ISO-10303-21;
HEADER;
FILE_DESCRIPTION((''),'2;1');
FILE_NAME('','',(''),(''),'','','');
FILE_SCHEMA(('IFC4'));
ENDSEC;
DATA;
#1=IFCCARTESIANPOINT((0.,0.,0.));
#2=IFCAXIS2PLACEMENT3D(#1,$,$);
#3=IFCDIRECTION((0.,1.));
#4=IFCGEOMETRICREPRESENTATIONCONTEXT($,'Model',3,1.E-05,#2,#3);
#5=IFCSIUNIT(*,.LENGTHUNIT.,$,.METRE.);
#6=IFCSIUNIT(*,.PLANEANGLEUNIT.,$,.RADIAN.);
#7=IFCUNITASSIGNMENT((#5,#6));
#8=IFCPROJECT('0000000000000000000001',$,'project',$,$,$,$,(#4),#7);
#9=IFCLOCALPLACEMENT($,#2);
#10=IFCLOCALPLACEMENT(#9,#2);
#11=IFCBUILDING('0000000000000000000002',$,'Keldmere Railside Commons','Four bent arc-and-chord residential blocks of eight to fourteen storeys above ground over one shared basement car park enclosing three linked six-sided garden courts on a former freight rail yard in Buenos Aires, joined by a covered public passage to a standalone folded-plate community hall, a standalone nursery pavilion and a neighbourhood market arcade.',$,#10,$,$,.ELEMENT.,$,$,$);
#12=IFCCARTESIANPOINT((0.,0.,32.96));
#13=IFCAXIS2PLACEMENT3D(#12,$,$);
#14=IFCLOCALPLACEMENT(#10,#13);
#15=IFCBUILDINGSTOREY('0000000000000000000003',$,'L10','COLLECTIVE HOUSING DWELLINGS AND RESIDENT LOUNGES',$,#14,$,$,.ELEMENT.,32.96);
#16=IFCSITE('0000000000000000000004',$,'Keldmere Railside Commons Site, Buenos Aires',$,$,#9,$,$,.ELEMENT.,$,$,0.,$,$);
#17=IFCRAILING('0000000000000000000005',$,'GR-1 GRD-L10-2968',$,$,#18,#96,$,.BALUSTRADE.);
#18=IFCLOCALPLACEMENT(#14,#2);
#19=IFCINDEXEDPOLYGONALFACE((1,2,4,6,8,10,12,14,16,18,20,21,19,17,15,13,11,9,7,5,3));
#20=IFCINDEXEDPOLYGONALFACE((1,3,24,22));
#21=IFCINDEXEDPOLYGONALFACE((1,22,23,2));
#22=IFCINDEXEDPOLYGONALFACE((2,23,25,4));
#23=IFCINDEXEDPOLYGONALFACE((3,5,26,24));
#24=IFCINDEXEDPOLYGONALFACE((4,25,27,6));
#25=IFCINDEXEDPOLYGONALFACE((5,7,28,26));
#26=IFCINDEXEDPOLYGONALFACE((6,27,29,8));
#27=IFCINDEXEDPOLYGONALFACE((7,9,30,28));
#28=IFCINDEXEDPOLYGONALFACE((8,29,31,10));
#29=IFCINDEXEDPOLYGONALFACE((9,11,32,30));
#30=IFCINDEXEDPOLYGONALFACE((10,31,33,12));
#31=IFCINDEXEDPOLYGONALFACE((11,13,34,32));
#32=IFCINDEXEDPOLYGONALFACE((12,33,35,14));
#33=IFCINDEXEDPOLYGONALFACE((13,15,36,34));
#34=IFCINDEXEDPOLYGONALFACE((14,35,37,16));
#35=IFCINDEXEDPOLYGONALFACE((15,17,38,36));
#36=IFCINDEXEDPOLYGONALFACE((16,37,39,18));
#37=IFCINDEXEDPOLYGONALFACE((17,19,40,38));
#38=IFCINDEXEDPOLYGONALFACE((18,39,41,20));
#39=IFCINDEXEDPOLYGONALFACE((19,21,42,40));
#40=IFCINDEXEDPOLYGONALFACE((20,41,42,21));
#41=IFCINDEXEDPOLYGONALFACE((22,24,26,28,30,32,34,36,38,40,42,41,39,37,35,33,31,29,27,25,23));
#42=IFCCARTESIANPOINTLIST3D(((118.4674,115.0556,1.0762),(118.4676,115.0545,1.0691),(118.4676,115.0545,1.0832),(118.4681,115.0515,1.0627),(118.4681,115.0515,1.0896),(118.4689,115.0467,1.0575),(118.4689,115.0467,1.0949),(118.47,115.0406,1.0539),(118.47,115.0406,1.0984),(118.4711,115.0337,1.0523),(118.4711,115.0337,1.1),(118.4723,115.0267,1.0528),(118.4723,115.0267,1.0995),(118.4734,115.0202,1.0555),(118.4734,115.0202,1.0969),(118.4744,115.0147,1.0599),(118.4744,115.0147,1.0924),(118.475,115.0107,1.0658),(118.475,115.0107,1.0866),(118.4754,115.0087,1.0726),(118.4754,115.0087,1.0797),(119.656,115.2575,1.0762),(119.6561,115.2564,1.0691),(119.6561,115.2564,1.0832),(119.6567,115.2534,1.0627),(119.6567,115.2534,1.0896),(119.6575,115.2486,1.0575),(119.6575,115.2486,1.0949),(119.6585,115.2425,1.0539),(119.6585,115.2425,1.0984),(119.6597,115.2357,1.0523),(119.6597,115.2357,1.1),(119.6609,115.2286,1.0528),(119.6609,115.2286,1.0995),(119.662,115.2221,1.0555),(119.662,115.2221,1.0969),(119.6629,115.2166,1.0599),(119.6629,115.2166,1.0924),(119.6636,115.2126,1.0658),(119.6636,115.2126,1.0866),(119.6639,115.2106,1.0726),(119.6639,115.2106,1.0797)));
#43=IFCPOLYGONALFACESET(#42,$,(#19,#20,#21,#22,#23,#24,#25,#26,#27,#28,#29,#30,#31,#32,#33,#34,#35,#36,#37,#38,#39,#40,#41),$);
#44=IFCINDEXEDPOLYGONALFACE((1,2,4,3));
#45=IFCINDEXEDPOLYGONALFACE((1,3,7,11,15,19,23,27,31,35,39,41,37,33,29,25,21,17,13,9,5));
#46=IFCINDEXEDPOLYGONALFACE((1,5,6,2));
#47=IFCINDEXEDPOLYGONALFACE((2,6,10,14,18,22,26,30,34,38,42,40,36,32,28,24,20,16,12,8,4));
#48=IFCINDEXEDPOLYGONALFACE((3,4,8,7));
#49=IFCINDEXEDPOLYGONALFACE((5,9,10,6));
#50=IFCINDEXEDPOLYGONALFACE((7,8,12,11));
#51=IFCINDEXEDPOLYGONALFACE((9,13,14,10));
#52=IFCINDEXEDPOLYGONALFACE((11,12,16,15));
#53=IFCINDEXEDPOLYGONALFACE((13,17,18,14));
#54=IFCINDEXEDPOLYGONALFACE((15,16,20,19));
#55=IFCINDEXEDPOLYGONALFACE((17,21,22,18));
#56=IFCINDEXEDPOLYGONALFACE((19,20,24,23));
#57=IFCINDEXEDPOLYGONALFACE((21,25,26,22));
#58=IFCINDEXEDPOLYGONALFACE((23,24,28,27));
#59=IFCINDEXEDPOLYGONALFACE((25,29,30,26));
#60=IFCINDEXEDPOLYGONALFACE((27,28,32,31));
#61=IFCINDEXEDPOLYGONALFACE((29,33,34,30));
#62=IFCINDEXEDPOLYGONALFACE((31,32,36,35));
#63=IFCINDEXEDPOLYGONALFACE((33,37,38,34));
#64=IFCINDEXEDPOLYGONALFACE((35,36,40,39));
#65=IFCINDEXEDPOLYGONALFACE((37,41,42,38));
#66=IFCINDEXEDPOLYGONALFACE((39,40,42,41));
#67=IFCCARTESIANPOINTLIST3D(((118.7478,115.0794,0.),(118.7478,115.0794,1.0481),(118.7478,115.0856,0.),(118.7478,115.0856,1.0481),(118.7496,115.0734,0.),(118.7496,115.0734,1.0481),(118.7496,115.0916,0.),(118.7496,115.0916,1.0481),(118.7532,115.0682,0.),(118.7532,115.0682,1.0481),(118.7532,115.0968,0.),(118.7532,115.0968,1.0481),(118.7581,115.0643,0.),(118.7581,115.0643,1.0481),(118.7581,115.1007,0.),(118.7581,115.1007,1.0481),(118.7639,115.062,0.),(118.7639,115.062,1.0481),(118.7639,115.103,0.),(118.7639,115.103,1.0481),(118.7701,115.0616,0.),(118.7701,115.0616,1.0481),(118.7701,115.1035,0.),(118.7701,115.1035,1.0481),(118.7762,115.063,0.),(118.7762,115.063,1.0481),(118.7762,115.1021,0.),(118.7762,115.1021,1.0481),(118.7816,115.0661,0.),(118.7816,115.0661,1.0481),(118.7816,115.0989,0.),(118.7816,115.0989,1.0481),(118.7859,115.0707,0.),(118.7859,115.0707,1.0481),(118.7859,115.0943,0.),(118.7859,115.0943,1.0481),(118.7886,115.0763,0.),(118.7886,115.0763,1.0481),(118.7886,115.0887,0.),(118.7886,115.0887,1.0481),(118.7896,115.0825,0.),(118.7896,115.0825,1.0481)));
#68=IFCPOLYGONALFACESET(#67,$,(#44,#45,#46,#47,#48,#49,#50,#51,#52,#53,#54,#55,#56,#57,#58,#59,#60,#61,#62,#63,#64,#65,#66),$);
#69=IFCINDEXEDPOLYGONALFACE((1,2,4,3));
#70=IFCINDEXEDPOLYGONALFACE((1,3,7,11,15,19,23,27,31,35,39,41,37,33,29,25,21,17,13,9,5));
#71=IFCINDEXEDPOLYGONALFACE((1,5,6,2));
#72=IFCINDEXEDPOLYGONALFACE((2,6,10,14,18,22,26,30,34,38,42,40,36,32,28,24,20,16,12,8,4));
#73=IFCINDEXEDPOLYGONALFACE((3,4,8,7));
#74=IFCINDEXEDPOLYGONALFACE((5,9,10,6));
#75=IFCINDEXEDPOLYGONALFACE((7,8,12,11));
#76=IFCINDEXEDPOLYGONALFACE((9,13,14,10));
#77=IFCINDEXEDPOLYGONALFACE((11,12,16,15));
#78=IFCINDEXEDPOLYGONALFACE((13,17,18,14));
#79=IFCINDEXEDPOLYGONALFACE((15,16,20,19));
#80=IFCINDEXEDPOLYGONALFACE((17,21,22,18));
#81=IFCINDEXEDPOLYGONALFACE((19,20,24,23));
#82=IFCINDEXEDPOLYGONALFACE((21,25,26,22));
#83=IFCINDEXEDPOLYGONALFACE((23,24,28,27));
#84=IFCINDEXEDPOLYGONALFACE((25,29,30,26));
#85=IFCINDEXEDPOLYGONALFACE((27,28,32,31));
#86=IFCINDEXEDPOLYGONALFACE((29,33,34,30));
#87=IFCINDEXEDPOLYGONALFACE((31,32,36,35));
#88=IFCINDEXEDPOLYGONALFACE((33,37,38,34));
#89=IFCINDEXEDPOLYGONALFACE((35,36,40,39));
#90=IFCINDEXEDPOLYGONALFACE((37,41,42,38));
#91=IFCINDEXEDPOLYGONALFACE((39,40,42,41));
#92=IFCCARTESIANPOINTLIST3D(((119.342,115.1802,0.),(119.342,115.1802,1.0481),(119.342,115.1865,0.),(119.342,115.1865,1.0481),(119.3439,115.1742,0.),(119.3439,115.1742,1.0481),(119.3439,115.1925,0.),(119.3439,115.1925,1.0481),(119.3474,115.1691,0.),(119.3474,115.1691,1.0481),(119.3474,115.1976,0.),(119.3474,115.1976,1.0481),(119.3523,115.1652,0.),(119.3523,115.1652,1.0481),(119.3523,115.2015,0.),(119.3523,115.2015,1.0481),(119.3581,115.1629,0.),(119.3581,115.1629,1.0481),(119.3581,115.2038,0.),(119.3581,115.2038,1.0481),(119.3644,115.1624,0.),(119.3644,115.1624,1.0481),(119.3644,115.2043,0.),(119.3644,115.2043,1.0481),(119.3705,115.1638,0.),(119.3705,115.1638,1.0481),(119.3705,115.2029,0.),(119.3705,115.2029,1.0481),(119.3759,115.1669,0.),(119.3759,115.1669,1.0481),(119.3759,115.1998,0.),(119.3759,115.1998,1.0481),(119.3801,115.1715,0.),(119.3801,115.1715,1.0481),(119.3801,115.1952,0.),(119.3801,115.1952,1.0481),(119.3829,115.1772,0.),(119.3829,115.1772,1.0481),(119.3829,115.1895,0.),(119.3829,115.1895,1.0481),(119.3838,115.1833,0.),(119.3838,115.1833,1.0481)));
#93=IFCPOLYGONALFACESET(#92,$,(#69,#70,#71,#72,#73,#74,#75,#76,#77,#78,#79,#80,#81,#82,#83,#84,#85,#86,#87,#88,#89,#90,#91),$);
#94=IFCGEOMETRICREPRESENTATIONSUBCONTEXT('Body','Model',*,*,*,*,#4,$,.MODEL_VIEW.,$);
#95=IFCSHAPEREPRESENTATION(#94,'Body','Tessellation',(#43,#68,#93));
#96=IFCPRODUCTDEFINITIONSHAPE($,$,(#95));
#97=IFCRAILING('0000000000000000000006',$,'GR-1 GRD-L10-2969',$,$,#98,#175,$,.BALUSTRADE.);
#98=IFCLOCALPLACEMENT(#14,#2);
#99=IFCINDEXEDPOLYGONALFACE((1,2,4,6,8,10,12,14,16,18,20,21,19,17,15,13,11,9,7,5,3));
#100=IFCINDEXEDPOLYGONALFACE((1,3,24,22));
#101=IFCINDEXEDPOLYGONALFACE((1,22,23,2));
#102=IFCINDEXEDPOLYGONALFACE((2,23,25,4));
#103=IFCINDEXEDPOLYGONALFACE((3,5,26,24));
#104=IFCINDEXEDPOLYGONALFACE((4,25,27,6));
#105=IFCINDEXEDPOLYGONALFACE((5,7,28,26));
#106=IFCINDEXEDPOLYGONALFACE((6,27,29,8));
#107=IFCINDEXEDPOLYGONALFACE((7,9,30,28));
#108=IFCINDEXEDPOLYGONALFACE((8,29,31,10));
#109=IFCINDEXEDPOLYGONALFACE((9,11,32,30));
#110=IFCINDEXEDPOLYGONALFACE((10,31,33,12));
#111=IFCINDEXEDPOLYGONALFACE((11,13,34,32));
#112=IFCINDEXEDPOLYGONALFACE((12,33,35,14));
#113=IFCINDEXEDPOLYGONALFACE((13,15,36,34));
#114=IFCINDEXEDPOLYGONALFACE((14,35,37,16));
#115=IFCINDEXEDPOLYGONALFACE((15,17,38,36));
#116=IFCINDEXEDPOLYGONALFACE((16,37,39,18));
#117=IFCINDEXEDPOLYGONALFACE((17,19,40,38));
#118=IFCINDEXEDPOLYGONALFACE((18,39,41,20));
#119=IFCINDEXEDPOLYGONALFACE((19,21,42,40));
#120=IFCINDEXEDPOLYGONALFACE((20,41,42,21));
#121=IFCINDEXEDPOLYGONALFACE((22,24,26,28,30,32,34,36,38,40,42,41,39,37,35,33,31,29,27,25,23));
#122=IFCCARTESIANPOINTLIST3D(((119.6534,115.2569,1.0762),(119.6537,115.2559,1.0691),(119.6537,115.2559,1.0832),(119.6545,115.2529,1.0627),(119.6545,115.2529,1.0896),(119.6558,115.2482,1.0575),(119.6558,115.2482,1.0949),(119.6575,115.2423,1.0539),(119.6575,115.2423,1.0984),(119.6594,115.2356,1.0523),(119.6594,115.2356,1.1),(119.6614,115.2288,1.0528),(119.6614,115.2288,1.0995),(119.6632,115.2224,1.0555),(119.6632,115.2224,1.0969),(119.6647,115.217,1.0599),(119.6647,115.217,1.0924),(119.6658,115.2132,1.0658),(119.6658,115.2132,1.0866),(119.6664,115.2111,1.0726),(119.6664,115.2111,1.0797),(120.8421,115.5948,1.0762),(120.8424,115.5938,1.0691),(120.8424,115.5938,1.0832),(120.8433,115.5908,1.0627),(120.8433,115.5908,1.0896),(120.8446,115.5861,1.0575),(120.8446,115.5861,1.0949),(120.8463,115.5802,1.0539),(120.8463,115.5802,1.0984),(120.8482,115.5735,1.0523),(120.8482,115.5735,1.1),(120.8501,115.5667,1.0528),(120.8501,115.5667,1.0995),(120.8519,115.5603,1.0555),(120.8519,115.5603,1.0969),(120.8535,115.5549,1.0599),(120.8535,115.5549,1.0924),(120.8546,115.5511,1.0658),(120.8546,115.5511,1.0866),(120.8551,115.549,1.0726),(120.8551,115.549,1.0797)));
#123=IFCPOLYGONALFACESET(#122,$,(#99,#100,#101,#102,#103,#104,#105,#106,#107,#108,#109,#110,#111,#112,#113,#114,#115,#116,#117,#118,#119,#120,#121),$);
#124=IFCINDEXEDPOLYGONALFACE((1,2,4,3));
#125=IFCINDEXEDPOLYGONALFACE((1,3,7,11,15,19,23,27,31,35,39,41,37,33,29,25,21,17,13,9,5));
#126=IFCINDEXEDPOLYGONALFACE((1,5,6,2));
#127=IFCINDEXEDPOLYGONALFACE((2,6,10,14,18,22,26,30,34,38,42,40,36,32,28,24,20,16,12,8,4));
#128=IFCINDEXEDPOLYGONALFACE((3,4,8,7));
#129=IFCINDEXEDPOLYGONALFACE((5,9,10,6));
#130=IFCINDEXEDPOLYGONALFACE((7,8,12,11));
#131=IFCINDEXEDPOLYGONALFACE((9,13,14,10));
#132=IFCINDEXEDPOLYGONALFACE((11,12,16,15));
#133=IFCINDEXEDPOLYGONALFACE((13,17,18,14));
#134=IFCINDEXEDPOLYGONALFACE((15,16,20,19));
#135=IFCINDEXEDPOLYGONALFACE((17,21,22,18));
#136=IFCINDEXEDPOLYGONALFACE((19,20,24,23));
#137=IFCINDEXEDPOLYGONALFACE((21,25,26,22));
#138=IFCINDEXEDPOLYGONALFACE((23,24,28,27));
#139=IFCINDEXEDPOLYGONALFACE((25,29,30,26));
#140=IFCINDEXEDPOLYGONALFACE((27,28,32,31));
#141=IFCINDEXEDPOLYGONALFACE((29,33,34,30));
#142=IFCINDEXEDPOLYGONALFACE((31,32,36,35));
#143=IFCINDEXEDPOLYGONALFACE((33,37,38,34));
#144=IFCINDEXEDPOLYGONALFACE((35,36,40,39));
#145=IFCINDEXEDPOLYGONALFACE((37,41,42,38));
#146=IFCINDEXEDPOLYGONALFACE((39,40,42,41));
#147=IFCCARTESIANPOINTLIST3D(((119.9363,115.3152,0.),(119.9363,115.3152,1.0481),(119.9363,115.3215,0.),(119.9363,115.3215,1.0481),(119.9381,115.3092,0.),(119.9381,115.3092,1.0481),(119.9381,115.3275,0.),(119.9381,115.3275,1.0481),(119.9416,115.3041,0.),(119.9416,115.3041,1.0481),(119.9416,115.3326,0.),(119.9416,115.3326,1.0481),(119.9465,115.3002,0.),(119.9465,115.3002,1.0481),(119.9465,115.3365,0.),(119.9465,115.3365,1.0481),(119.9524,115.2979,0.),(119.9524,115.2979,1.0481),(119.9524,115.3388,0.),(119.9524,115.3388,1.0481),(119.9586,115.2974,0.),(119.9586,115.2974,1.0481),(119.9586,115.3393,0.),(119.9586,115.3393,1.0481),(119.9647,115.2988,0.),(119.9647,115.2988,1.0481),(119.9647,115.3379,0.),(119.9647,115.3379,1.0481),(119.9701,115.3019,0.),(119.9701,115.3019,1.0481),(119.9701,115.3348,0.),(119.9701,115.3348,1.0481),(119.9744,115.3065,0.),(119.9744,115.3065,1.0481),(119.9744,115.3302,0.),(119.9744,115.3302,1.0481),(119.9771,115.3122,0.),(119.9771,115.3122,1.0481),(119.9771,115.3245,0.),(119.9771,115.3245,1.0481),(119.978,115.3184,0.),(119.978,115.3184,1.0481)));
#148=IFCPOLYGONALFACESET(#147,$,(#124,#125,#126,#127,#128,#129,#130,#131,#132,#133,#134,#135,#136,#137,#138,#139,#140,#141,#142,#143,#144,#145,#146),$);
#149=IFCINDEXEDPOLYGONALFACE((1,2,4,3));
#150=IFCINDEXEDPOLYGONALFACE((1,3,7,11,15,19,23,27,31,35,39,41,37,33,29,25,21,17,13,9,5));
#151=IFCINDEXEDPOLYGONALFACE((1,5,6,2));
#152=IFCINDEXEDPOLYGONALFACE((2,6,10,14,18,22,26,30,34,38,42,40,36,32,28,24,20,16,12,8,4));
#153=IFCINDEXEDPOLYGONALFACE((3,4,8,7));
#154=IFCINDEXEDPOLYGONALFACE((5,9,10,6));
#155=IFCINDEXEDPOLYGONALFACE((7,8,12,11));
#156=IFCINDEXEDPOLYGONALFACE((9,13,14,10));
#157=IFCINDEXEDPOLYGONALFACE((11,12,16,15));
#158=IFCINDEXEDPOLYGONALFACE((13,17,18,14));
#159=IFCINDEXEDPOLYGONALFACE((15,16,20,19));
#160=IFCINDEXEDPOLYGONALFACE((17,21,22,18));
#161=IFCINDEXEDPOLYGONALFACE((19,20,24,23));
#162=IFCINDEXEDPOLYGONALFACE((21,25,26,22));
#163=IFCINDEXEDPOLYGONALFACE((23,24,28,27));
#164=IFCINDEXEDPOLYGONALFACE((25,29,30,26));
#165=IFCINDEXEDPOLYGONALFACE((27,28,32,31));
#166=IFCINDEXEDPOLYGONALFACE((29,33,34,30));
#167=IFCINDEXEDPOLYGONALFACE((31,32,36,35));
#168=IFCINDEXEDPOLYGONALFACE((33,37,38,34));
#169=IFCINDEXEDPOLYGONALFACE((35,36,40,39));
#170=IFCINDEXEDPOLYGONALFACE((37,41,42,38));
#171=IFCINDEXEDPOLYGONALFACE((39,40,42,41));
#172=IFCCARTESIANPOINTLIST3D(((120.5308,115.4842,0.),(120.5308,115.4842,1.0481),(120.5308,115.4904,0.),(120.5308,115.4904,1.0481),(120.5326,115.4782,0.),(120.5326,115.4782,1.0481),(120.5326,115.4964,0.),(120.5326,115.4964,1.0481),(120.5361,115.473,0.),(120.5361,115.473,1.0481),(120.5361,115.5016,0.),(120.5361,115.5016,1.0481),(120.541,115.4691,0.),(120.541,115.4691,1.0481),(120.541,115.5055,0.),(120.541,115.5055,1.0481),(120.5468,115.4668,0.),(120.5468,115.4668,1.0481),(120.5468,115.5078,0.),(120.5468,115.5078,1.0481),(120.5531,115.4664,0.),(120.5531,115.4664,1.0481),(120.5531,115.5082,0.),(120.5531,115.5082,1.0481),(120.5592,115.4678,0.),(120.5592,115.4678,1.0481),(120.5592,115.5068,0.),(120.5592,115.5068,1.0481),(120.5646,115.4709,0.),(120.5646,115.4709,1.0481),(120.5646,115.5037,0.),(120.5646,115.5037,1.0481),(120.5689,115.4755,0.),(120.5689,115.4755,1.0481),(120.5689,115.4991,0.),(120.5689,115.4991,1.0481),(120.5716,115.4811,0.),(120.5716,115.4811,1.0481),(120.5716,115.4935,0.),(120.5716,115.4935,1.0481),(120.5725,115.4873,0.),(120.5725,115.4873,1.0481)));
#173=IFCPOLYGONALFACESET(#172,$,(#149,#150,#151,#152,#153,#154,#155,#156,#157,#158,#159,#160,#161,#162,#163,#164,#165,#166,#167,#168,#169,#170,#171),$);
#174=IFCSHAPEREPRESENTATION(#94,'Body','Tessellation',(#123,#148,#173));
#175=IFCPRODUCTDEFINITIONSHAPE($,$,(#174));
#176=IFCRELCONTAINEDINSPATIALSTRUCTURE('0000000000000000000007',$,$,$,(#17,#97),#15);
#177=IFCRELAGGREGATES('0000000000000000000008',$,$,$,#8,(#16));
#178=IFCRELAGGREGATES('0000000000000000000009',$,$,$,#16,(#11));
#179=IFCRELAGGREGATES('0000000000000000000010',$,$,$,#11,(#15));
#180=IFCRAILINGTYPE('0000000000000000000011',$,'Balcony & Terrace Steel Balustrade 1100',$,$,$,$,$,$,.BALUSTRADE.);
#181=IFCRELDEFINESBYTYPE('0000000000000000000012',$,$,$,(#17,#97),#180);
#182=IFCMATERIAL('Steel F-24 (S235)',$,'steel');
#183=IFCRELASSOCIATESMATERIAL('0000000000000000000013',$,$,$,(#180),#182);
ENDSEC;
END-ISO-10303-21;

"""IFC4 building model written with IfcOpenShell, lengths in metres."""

from ifc_helpers import new_model, si_unit, direction, frame, origin, origin_2d, place, context, subcontext, project, spatial, circle, extrude, material, type_object, element, save


model = new_model("IFC4")

# Units and contexts
model_context = context("Model", 3, precision=1e-05, world=origin(), true_north=direction((0.0, 1.0)))
body_context = subcontext(model_context, "Body", "Model", "MODEL_VIEW")
ifc_project = project(units=[si_unit("LENGTHUNIT", "METRE"), si_unit("PLANEANGLEUNIT", "RADIAN")], contexts=[model_context])

# Site, building, storey
site_placement = place(None, origin())
site = spatial("IfcSite", under=ifc_project, at=site_placement, Name="Keldmere Railside Commons Site, Buenos Aires", CompositionType="ELEMENT", RefElevation=0.0)
building_placement = place(site_placement, origin())
building = spatial("IfcBuilding", under=site, at=building_placement, Name="Keldmere Railside Commons", Description="Four bent arc-and-chord residential blocks of eight to fourteen storeys above ground over one shared basement car park enclosing three linked six-sided garden courts on a former freight rail yard in Buenos Aires, joined by a covered public passage to a standalone folded-plate community hall, a standalone nursery pavilion and a neighbourhood market arcade.", CompositionType="ELEMENT")
storey_placement = place(building_placement, frame((0.0, 0.0, 32.96)))
storey = spatial("IfcBuildingStorey", under=building, at=storey_placement, Name="L10", Description="COLLECTIVE HOUSING DWELLINGS AND RESIDENT LOUNGES", CompositionType="ELEMENT", Elevation=32.96)

# Railings
ifc_material_1 = material(Name="Steel F-24 (S235)", Category="steel")
railing_type = type_object("IfcRailingType", Name="Balcony & Terrace Steel Balustrade 1100", PredefinedType="BALUSTRADE", material=ifc_material_1)
railing_1_placement = place(storey_placement, frame((118.4714, 115.032, 0.0)))
element("IfcRailing", 1, at=railing_1_placement, inside=storey, type_object=railing_type, Name="GR-1 GRD-L10-2968", PredefinedType="BALUSTRADE", context=body_context, shape_type="SweptSolid", body=[
    extrude(circle(Radius=0.0239, at=origin_2d()), frame((0.0, 0.0, 1.0762), z_axis=(0.985875, 0.167485, 0.0), x_axis=(-0.167485, 0.985875, 0.0)), (0.0, 0.0, 1.0), 1.2056),
    extrude(circle(Radius=0.021, at=origin_2d()), frame((0.2971, 0.0505, 0.0)), (0.0, 0.0, 1.0), 1.0481),
    extrude(circle(Radius=0.021, at=origin_2d()), frame((0.8914, 0.1514, 0.0)), (0.0, 0.0, 1.0), 1.0481),
])
railing_2_placement = place(storey_placement, frame((119.6599, 115.2339, 0.0)))
element("IfcRailing", 2, at=railing_2_placement, inside=storey, type_object=railing_type, Name="GR-1 GRD-L10-2969", PredefinedType="BALUSTRADE", context=body_context, shape_type="SweptSolid", body=[
    extrude(circle(Radius=0.0239, at=origin_2d()), frame((0.0, 0.0, 1.0762), z_axis=(0.961896, 0.273416, 0.0), x_axis=(-0.273416, 0.961896, 0.0)), (0.0, 0.0, 1.0), 1.2358),
    extrude(circle(Radius=0.021, at=origin_2d()), frame((0.2971, 0.0845, 0.0)), (0.0, 0.0, 1.0), 1.0481),
    extrude(circle(Radius=0.021, at=origin_2d()), frame((0.8916, 0.2534, 0.0)), (0.0, 0.0, 1.0), 1.0481),
])

save(model, "model.ifc")
